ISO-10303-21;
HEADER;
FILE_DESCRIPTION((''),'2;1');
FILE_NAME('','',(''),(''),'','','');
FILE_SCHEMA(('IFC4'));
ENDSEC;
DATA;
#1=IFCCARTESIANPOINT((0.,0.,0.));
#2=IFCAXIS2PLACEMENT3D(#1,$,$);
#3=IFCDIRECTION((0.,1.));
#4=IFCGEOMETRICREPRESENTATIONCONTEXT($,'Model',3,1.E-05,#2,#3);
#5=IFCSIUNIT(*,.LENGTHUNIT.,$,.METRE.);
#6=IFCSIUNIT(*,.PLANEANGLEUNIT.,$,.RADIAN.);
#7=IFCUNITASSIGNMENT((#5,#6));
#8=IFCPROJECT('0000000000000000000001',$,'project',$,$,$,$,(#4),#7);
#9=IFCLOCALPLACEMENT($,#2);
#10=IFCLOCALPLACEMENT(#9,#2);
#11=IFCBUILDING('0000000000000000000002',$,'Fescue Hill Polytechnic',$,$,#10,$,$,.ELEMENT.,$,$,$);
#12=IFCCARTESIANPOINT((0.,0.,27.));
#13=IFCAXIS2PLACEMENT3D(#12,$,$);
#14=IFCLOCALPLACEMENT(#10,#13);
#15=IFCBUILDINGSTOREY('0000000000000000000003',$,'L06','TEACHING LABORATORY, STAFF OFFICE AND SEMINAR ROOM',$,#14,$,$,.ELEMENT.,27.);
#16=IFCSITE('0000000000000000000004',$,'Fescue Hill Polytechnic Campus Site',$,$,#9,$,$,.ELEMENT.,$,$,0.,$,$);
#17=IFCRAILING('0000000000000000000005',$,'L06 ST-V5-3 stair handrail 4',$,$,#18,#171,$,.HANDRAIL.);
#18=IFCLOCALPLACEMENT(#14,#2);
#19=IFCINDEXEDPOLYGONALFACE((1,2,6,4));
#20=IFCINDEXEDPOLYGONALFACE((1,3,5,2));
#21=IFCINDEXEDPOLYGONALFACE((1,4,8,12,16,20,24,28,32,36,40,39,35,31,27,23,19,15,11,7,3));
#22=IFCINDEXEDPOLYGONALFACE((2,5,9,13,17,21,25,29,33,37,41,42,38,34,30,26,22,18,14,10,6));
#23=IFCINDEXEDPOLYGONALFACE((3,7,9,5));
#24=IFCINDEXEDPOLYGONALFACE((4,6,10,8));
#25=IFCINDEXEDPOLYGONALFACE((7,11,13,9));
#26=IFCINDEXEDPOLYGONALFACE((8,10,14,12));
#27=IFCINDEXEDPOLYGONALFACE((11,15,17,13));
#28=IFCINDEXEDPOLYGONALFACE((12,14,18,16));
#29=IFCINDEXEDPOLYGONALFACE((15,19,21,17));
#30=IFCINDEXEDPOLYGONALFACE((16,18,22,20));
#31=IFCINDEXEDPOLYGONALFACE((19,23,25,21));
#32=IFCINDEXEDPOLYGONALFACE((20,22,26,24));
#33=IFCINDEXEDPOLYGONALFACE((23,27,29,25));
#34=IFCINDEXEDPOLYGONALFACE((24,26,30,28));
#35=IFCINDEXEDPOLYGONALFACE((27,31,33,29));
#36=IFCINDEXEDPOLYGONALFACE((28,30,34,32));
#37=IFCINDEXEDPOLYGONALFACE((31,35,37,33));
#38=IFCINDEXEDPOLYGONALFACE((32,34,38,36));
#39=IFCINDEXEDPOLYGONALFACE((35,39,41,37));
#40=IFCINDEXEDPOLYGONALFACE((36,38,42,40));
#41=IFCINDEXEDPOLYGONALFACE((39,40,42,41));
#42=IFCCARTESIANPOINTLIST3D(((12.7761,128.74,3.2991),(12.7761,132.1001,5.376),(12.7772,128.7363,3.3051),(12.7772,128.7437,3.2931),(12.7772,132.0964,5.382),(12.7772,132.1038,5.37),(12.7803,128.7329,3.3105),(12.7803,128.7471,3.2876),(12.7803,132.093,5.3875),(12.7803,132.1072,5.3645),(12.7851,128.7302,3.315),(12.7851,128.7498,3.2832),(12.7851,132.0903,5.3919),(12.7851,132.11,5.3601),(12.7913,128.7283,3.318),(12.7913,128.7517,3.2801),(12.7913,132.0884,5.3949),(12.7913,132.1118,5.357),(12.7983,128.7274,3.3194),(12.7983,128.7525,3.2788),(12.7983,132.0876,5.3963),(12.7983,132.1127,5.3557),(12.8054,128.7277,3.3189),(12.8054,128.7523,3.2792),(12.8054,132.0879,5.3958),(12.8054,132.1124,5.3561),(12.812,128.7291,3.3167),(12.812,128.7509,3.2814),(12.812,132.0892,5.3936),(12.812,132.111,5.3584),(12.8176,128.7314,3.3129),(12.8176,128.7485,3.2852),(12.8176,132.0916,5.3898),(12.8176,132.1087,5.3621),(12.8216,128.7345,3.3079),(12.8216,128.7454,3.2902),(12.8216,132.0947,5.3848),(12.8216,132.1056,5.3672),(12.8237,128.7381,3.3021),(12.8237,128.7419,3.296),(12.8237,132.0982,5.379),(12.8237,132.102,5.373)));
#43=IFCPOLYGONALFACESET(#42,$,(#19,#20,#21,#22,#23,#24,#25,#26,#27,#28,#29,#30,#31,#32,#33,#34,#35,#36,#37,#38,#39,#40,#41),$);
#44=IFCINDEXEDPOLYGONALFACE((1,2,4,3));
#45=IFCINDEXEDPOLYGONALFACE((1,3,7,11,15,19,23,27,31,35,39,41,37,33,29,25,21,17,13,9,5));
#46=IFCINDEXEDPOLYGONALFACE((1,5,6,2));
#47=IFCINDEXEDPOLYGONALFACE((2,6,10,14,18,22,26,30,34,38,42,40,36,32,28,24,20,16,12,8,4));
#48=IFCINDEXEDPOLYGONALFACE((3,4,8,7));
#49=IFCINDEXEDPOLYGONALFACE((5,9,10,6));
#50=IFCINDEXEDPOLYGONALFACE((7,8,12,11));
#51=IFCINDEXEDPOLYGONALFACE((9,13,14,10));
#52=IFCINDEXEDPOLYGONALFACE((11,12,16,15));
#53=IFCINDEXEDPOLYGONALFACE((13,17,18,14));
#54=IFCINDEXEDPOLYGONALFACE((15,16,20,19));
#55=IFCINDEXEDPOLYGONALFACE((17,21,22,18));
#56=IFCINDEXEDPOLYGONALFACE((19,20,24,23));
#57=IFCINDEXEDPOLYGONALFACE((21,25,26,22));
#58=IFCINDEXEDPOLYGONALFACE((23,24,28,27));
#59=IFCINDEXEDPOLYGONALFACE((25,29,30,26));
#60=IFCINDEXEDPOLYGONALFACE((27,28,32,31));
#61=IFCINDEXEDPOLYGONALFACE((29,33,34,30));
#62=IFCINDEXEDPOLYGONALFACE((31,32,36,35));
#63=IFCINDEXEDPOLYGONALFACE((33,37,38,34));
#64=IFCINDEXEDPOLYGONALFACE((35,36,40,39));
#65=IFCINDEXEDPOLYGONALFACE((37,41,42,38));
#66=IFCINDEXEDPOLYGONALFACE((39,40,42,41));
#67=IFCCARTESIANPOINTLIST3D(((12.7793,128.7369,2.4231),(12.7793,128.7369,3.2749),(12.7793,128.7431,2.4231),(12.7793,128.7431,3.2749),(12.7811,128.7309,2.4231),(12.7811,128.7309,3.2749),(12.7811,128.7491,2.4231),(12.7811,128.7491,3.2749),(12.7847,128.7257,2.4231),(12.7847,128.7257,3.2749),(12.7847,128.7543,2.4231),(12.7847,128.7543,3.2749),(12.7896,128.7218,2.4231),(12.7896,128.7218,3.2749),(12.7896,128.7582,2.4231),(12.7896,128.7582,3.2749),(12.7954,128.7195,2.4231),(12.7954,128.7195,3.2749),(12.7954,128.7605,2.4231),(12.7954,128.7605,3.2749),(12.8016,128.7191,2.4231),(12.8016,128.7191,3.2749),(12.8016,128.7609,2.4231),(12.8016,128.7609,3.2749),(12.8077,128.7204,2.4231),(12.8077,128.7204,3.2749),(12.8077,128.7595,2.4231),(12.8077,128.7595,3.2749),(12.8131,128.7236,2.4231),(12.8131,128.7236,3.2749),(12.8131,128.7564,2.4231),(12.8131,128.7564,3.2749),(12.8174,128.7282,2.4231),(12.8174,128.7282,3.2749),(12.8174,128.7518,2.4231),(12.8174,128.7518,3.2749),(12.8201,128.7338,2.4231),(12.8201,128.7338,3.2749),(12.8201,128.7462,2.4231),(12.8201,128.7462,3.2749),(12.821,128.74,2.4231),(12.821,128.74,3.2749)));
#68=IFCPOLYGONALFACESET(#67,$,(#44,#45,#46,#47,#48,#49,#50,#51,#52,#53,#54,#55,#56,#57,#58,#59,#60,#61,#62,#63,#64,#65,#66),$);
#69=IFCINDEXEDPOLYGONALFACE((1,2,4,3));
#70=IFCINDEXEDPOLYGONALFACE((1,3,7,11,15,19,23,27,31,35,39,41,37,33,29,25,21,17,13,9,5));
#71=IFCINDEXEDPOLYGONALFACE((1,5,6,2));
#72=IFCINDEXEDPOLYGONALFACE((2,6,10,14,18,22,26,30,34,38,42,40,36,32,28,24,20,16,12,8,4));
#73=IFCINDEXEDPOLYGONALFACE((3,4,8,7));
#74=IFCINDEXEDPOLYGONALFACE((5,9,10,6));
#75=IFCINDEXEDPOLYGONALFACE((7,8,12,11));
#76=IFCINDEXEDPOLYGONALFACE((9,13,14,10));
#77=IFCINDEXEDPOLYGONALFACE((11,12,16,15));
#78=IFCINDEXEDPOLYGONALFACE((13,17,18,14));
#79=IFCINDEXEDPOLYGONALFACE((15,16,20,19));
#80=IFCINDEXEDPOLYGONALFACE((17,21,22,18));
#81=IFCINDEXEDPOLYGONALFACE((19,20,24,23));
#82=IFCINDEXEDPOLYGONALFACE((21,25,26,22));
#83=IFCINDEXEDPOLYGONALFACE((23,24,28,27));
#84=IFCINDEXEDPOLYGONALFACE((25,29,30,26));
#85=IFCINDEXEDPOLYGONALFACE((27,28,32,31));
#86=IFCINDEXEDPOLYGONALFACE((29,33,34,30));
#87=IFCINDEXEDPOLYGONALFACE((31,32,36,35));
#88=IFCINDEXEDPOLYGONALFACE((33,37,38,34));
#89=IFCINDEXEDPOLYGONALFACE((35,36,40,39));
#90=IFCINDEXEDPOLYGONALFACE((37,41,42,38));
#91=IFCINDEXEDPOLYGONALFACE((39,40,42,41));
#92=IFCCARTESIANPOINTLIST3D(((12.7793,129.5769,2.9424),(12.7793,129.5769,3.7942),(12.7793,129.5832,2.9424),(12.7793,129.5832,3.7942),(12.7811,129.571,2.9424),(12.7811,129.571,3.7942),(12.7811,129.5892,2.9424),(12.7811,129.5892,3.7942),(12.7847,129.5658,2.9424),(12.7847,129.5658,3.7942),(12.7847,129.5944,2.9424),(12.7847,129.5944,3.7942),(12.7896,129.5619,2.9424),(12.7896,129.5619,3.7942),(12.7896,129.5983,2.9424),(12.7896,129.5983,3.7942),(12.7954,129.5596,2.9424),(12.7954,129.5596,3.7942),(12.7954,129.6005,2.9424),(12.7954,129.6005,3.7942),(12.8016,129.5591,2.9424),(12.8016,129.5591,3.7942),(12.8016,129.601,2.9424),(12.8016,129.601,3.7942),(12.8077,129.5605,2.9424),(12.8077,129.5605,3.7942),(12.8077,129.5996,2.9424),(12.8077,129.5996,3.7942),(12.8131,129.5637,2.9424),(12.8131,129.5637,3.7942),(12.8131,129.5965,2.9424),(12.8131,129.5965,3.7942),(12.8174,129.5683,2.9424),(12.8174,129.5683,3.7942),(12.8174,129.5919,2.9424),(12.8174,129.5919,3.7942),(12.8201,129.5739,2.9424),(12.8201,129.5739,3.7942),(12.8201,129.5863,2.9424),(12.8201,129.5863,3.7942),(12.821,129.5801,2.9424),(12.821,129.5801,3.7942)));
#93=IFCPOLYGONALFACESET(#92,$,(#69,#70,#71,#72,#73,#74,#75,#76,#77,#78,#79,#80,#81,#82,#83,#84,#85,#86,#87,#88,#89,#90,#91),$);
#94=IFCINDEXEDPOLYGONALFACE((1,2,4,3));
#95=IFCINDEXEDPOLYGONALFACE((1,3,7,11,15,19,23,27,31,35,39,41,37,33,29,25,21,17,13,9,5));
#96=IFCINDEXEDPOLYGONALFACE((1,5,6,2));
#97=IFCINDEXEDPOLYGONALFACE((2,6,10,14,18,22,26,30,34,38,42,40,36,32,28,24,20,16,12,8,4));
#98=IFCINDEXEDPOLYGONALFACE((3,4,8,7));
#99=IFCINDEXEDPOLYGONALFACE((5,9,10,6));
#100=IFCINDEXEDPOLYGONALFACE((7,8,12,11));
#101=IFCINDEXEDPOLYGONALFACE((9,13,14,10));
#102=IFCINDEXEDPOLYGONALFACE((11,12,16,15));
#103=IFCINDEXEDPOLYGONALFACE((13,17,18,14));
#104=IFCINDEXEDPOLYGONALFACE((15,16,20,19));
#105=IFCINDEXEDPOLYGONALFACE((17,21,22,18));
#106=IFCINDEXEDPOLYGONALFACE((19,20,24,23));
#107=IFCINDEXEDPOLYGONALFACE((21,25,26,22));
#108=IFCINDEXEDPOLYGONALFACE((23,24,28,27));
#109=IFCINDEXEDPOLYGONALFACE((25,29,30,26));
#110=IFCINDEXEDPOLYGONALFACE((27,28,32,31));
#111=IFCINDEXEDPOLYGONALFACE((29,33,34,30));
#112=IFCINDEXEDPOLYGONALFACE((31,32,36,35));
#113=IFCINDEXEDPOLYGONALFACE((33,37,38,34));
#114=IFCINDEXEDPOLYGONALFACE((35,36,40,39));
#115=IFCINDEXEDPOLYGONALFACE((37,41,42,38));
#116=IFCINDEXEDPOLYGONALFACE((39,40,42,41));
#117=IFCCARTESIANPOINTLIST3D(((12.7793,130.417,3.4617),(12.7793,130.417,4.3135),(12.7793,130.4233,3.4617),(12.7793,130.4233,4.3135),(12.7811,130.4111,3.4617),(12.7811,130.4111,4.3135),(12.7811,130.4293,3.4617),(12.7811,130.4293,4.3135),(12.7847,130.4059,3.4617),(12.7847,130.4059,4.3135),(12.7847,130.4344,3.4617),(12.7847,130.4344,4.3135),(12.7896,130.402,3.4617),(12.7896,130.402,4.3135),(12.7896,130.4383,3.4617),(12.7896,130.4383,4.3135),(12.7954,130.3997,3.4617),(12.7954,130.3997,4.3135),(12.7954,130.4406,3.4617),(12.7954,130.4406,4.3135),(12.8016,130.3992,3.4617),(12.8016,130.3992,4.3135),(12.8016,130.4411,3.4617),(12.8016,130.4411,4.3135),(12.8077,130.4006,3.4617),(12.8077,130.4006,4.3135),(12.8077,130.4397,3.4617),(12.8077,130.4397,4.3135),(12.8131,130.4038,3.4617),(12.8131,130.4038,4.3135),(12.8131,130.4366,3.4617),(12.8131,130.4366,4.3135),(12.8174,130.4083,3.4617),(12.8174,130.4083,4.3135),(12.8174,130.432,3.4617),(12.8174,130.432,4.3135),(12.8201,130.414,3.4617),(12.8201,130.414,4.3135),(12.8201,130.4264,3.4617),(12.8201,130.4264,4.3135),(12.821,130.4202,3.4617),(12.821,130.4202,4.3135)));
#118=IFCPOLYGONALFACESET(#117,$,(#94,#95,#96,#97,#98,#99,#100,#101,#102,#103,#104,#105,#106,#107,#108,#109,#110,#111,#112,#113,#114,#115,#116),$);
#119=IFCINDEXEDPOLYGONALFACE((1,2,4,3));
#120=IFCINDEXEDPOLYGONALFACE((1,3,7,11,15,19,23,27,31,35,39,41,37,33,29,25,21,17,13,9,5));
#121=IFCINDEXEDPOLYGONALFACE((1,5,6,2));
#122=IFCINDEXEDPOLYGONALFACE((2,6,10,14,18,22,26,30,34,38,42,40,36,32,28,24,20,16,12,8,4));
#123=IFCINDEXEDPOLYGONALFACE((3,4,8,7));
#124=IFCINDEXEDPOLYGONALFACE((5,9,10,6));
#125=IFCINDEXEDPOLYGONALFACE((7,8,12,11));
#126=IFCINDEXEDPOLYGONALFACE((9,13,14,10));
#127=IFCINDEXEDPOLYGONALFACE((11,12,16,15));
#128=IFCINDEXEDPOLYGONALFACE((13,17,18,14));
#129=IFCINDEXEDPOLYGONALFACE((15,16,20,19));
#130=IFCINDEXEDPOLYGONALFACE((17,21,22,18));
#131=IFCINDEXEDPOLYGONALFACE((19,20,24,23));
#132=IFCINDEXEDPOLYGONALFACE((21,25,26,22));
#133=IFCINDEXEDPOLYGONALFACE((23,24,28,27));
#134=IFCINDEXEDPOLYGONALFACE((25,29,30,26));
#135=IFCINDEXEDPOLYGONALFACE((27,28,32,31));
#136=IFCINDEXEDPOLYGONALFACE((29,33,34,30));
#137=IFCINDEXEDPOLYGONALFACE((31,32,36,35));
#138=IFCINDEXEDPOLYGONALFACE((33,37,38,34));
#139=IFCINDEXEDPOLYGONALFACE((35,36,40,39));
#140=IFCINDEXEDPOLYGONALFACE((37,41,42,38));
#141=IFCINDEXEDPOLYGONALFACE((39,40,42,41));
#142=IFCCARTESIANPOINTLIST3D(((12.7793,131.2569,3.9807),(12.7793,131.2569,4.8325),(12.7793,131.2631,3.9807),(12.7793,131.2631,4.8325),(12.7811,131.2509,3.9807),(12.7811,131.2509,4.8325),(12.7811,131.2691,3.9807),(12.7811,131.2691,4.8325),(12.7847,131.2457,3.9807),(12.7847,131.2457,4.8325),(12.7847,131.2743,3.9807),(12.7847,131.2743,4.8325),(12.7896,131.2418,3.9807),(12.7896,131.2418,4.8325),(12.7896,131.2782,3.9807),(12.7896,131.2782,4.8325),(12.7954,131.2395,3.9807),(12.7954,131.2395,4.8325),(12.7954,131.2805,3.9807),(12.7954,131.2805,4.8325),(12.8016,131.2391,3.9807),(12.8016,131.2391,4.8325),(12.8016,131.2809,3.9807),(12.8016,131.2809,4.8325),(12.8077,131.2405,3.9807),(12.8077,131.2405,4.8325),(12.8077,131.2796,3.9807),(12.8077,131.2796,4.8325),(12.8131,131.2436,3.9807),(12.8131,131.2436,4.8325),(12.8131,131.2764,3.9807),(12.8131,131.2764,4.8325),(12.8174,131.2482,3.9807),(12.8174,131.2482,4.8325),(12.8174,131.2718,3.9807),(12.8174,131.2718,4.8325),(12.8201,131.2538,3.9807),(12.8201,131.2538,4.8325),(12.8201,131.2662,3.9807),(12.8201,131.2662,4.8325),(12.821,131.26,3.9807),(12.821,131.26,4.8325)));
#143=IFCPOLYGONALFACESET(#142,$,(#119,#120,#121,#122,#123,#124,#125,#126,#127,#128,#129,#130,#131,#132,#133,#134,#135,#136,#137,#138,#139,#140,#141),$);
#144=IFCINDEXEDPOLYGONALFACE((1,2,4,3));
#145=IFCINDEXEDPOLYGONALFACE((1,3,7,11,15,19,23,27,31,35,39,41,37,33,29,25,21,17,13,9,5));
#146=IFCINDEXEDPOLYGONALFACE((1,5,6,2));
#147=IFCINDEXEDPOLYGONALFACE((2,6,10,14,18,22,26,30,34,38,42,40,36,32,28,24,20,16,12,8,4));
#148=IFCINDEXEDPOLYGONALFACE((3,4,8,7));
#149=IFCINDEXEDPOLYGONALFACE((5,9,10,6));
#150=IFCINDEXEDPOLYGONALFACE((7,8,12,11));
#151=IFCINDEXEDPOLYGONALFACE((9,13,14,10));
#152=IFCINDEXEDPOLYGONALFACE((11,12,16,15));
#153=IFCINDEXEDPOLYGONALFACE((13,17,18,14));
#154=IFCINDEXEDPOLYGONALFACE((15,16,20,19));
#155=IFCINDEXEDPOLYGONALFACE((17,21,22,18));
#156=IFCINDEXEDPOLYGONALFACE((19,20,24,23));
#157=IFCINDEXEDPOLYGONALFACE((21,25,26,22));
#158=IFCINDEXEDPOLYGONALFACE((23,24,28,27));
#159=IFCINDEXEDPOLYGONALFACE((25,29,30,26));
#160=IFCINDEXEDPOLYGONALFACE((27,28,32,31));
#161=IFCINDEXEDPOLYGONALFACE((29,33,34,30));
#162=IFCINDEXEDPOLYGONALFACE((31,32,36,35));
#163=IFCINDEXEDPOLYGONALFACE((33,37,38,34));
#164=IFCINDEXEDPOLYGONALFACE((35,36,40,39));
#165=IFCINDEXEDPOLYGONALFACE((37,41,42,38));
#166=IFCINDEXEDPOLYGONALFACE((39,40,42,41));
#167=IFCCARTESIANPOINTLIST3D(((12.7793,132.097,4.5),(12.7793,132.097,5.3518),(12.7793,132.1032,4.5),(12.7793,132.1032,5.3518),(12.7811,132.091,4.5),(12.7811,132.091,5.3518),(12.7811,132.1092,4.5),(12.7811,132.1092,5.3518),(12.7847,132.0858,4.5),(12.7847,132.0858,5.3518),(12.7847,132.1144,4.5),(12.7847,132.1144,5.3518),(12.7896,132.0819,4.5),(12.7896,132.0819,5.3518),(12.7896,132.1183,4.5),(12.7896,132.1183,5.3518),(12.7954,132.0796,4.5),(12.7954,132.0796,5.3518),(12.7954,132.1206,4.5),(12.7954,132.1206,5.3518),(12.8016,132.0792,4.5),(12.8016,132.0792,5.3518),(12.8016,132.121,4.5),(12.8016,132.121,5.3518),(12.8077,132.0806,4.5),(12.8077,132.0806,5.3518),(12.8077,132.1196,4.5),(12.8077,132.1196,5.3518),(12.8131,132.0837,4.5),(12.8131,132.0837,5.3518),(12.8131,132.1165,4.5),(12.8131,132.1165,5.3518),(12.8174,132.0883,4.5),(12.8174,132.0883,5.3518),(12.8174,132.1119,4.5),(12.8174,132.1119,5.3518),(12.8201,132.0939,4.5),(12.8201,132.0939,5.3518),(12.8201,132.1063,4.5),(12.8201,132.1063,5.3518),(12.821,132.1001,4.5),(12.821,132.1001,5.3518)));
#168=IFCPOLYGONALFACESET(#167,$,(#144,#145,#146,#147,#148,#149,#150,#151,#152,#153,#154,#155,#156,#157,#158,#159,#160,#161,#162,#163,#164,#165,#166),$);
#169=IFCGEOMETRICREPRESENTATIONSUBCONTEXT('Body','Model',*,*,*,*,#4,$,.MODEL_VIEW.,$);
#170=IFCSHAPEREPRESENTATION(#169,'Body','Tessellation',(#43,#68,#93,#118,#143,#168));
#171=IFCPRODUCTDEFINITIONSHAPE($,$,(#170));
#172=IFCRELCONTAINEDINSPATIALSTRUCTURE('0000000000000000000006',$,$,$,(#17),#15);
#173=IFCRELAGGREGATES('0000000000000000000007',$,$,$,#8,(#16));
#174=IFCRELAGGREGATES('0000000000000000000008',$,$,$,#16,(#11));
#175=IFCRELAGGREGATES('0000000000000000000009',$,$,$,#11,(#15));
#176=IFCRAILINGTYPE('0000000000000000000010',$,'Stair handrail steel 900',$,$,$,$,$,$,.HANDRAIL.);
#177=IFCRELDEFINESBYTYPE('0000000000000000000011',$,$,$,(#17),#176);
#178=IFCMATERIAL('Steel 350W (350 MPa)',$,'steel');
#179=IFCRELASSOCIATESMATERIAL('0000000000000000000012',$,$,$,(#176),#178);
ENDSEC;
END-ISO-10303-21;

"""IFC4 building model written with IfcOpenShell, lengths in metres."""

from ifc_helpers import new_model, si_unit, direction, frame, origin, origin_2d, place, context, subcontext, project, spatial, circle, extrude, material, type_object, element, save


model = new_model("IFC4")

# Units and contexts
model_context = context("Model", 3, precision=1e-05, world=origin(), true_north=direction((0.0, 1.0)))
body_context = subcontext(model_context, "Body", "Model", "MODEL_VIEW")
ifc_project = project(units=[si_unit("LENGTHUNIT", "METRE"), si_unit("PLANEANGLEUNIT", "RADIAN")], contexts=[model_context])

# Site, building, storey
site_placement = place(None, origin())
site = spatial("IfcSite", under=ifc_project, at=site_placement, Name="Fescue Hill Polytechnic Campus Site", CompositionType="ELEMENT", RefElevation=0.0)
building_placement = place(site_placement, origin())
building = spatial("IfcBuilding", under=site, at=building_placement, Name="Fescue Hill Polytechnic", CompositionType="ELEMENT")
storey_placement = place(building_placement, frame((0.0, 0.0, 27.0)))
storey = spatial("IfcBuildingStorey", under=building, at=storey_placement, Name="L06", Description="TEACHING LABORATORY, STAFF OFFICE AND SEMINAR ROOM", CompositionType="ELEMENT", Elevation=27.0)

# Railing
ifc_material_1 = material(Name="Steel 350W (350 MPa)", Category="steel")
railing_type_1 = type_object("IfcRailingType", Name="Stair handrail steel 900", PredefinedType="HANDRAIL", material=ifc_material_1)
railing_1_placement = place(storey_placement, frame((12.8, 128.74, 2.4231)))
element("IfcRailing", 1, at=railing_1_placement, inside=storey, type_object=railing_type_1, Name="L06 ST-V5-3 stair handrail 4", PredefinedType="HANDRAIL", context=body_context, shape_type="SweptSolid", body=[
    extrude(circle(Radius=0.0239, at=origin_2d()), frame((0.0, 0.0, 0.876), z_axis=(0.0, 0.850623, 0.525776), x_axis=(-1.0, 0.0, 0.0)), (0.0, 0.0, 1.0), 3.9502),
    extrude(circle(Radius=0.021, at=origin_2d()), origin(), (0.0, 0.0, 1.0), 0.8518),
    extrude(circle(Radius=0.021, at=origin_2d()), frame((0.0, 0.8401, 0.5193)), (0.0, 0.0, 1.0), 0.8518),
    extrude(circle(Radius=0.021, at=origin_2d()), frame((0.0, 1.6802, 1.0386)), (0.0, 0.0, 1.0), 0.8518),
    extrude(circle(Radius=0.021, at=origin_2d()), frame((0.0, 2.52, 1.5576)), (0.0, 0.0, 1.0), 0.8518),
    extrude(circle(Radius=0.021, at=origin_2d()), frame((0.0, 3.3601, 2.0769)), (0.0, 0.0, 1.0), 0.8518),
])

save(model, "model.ifc")
